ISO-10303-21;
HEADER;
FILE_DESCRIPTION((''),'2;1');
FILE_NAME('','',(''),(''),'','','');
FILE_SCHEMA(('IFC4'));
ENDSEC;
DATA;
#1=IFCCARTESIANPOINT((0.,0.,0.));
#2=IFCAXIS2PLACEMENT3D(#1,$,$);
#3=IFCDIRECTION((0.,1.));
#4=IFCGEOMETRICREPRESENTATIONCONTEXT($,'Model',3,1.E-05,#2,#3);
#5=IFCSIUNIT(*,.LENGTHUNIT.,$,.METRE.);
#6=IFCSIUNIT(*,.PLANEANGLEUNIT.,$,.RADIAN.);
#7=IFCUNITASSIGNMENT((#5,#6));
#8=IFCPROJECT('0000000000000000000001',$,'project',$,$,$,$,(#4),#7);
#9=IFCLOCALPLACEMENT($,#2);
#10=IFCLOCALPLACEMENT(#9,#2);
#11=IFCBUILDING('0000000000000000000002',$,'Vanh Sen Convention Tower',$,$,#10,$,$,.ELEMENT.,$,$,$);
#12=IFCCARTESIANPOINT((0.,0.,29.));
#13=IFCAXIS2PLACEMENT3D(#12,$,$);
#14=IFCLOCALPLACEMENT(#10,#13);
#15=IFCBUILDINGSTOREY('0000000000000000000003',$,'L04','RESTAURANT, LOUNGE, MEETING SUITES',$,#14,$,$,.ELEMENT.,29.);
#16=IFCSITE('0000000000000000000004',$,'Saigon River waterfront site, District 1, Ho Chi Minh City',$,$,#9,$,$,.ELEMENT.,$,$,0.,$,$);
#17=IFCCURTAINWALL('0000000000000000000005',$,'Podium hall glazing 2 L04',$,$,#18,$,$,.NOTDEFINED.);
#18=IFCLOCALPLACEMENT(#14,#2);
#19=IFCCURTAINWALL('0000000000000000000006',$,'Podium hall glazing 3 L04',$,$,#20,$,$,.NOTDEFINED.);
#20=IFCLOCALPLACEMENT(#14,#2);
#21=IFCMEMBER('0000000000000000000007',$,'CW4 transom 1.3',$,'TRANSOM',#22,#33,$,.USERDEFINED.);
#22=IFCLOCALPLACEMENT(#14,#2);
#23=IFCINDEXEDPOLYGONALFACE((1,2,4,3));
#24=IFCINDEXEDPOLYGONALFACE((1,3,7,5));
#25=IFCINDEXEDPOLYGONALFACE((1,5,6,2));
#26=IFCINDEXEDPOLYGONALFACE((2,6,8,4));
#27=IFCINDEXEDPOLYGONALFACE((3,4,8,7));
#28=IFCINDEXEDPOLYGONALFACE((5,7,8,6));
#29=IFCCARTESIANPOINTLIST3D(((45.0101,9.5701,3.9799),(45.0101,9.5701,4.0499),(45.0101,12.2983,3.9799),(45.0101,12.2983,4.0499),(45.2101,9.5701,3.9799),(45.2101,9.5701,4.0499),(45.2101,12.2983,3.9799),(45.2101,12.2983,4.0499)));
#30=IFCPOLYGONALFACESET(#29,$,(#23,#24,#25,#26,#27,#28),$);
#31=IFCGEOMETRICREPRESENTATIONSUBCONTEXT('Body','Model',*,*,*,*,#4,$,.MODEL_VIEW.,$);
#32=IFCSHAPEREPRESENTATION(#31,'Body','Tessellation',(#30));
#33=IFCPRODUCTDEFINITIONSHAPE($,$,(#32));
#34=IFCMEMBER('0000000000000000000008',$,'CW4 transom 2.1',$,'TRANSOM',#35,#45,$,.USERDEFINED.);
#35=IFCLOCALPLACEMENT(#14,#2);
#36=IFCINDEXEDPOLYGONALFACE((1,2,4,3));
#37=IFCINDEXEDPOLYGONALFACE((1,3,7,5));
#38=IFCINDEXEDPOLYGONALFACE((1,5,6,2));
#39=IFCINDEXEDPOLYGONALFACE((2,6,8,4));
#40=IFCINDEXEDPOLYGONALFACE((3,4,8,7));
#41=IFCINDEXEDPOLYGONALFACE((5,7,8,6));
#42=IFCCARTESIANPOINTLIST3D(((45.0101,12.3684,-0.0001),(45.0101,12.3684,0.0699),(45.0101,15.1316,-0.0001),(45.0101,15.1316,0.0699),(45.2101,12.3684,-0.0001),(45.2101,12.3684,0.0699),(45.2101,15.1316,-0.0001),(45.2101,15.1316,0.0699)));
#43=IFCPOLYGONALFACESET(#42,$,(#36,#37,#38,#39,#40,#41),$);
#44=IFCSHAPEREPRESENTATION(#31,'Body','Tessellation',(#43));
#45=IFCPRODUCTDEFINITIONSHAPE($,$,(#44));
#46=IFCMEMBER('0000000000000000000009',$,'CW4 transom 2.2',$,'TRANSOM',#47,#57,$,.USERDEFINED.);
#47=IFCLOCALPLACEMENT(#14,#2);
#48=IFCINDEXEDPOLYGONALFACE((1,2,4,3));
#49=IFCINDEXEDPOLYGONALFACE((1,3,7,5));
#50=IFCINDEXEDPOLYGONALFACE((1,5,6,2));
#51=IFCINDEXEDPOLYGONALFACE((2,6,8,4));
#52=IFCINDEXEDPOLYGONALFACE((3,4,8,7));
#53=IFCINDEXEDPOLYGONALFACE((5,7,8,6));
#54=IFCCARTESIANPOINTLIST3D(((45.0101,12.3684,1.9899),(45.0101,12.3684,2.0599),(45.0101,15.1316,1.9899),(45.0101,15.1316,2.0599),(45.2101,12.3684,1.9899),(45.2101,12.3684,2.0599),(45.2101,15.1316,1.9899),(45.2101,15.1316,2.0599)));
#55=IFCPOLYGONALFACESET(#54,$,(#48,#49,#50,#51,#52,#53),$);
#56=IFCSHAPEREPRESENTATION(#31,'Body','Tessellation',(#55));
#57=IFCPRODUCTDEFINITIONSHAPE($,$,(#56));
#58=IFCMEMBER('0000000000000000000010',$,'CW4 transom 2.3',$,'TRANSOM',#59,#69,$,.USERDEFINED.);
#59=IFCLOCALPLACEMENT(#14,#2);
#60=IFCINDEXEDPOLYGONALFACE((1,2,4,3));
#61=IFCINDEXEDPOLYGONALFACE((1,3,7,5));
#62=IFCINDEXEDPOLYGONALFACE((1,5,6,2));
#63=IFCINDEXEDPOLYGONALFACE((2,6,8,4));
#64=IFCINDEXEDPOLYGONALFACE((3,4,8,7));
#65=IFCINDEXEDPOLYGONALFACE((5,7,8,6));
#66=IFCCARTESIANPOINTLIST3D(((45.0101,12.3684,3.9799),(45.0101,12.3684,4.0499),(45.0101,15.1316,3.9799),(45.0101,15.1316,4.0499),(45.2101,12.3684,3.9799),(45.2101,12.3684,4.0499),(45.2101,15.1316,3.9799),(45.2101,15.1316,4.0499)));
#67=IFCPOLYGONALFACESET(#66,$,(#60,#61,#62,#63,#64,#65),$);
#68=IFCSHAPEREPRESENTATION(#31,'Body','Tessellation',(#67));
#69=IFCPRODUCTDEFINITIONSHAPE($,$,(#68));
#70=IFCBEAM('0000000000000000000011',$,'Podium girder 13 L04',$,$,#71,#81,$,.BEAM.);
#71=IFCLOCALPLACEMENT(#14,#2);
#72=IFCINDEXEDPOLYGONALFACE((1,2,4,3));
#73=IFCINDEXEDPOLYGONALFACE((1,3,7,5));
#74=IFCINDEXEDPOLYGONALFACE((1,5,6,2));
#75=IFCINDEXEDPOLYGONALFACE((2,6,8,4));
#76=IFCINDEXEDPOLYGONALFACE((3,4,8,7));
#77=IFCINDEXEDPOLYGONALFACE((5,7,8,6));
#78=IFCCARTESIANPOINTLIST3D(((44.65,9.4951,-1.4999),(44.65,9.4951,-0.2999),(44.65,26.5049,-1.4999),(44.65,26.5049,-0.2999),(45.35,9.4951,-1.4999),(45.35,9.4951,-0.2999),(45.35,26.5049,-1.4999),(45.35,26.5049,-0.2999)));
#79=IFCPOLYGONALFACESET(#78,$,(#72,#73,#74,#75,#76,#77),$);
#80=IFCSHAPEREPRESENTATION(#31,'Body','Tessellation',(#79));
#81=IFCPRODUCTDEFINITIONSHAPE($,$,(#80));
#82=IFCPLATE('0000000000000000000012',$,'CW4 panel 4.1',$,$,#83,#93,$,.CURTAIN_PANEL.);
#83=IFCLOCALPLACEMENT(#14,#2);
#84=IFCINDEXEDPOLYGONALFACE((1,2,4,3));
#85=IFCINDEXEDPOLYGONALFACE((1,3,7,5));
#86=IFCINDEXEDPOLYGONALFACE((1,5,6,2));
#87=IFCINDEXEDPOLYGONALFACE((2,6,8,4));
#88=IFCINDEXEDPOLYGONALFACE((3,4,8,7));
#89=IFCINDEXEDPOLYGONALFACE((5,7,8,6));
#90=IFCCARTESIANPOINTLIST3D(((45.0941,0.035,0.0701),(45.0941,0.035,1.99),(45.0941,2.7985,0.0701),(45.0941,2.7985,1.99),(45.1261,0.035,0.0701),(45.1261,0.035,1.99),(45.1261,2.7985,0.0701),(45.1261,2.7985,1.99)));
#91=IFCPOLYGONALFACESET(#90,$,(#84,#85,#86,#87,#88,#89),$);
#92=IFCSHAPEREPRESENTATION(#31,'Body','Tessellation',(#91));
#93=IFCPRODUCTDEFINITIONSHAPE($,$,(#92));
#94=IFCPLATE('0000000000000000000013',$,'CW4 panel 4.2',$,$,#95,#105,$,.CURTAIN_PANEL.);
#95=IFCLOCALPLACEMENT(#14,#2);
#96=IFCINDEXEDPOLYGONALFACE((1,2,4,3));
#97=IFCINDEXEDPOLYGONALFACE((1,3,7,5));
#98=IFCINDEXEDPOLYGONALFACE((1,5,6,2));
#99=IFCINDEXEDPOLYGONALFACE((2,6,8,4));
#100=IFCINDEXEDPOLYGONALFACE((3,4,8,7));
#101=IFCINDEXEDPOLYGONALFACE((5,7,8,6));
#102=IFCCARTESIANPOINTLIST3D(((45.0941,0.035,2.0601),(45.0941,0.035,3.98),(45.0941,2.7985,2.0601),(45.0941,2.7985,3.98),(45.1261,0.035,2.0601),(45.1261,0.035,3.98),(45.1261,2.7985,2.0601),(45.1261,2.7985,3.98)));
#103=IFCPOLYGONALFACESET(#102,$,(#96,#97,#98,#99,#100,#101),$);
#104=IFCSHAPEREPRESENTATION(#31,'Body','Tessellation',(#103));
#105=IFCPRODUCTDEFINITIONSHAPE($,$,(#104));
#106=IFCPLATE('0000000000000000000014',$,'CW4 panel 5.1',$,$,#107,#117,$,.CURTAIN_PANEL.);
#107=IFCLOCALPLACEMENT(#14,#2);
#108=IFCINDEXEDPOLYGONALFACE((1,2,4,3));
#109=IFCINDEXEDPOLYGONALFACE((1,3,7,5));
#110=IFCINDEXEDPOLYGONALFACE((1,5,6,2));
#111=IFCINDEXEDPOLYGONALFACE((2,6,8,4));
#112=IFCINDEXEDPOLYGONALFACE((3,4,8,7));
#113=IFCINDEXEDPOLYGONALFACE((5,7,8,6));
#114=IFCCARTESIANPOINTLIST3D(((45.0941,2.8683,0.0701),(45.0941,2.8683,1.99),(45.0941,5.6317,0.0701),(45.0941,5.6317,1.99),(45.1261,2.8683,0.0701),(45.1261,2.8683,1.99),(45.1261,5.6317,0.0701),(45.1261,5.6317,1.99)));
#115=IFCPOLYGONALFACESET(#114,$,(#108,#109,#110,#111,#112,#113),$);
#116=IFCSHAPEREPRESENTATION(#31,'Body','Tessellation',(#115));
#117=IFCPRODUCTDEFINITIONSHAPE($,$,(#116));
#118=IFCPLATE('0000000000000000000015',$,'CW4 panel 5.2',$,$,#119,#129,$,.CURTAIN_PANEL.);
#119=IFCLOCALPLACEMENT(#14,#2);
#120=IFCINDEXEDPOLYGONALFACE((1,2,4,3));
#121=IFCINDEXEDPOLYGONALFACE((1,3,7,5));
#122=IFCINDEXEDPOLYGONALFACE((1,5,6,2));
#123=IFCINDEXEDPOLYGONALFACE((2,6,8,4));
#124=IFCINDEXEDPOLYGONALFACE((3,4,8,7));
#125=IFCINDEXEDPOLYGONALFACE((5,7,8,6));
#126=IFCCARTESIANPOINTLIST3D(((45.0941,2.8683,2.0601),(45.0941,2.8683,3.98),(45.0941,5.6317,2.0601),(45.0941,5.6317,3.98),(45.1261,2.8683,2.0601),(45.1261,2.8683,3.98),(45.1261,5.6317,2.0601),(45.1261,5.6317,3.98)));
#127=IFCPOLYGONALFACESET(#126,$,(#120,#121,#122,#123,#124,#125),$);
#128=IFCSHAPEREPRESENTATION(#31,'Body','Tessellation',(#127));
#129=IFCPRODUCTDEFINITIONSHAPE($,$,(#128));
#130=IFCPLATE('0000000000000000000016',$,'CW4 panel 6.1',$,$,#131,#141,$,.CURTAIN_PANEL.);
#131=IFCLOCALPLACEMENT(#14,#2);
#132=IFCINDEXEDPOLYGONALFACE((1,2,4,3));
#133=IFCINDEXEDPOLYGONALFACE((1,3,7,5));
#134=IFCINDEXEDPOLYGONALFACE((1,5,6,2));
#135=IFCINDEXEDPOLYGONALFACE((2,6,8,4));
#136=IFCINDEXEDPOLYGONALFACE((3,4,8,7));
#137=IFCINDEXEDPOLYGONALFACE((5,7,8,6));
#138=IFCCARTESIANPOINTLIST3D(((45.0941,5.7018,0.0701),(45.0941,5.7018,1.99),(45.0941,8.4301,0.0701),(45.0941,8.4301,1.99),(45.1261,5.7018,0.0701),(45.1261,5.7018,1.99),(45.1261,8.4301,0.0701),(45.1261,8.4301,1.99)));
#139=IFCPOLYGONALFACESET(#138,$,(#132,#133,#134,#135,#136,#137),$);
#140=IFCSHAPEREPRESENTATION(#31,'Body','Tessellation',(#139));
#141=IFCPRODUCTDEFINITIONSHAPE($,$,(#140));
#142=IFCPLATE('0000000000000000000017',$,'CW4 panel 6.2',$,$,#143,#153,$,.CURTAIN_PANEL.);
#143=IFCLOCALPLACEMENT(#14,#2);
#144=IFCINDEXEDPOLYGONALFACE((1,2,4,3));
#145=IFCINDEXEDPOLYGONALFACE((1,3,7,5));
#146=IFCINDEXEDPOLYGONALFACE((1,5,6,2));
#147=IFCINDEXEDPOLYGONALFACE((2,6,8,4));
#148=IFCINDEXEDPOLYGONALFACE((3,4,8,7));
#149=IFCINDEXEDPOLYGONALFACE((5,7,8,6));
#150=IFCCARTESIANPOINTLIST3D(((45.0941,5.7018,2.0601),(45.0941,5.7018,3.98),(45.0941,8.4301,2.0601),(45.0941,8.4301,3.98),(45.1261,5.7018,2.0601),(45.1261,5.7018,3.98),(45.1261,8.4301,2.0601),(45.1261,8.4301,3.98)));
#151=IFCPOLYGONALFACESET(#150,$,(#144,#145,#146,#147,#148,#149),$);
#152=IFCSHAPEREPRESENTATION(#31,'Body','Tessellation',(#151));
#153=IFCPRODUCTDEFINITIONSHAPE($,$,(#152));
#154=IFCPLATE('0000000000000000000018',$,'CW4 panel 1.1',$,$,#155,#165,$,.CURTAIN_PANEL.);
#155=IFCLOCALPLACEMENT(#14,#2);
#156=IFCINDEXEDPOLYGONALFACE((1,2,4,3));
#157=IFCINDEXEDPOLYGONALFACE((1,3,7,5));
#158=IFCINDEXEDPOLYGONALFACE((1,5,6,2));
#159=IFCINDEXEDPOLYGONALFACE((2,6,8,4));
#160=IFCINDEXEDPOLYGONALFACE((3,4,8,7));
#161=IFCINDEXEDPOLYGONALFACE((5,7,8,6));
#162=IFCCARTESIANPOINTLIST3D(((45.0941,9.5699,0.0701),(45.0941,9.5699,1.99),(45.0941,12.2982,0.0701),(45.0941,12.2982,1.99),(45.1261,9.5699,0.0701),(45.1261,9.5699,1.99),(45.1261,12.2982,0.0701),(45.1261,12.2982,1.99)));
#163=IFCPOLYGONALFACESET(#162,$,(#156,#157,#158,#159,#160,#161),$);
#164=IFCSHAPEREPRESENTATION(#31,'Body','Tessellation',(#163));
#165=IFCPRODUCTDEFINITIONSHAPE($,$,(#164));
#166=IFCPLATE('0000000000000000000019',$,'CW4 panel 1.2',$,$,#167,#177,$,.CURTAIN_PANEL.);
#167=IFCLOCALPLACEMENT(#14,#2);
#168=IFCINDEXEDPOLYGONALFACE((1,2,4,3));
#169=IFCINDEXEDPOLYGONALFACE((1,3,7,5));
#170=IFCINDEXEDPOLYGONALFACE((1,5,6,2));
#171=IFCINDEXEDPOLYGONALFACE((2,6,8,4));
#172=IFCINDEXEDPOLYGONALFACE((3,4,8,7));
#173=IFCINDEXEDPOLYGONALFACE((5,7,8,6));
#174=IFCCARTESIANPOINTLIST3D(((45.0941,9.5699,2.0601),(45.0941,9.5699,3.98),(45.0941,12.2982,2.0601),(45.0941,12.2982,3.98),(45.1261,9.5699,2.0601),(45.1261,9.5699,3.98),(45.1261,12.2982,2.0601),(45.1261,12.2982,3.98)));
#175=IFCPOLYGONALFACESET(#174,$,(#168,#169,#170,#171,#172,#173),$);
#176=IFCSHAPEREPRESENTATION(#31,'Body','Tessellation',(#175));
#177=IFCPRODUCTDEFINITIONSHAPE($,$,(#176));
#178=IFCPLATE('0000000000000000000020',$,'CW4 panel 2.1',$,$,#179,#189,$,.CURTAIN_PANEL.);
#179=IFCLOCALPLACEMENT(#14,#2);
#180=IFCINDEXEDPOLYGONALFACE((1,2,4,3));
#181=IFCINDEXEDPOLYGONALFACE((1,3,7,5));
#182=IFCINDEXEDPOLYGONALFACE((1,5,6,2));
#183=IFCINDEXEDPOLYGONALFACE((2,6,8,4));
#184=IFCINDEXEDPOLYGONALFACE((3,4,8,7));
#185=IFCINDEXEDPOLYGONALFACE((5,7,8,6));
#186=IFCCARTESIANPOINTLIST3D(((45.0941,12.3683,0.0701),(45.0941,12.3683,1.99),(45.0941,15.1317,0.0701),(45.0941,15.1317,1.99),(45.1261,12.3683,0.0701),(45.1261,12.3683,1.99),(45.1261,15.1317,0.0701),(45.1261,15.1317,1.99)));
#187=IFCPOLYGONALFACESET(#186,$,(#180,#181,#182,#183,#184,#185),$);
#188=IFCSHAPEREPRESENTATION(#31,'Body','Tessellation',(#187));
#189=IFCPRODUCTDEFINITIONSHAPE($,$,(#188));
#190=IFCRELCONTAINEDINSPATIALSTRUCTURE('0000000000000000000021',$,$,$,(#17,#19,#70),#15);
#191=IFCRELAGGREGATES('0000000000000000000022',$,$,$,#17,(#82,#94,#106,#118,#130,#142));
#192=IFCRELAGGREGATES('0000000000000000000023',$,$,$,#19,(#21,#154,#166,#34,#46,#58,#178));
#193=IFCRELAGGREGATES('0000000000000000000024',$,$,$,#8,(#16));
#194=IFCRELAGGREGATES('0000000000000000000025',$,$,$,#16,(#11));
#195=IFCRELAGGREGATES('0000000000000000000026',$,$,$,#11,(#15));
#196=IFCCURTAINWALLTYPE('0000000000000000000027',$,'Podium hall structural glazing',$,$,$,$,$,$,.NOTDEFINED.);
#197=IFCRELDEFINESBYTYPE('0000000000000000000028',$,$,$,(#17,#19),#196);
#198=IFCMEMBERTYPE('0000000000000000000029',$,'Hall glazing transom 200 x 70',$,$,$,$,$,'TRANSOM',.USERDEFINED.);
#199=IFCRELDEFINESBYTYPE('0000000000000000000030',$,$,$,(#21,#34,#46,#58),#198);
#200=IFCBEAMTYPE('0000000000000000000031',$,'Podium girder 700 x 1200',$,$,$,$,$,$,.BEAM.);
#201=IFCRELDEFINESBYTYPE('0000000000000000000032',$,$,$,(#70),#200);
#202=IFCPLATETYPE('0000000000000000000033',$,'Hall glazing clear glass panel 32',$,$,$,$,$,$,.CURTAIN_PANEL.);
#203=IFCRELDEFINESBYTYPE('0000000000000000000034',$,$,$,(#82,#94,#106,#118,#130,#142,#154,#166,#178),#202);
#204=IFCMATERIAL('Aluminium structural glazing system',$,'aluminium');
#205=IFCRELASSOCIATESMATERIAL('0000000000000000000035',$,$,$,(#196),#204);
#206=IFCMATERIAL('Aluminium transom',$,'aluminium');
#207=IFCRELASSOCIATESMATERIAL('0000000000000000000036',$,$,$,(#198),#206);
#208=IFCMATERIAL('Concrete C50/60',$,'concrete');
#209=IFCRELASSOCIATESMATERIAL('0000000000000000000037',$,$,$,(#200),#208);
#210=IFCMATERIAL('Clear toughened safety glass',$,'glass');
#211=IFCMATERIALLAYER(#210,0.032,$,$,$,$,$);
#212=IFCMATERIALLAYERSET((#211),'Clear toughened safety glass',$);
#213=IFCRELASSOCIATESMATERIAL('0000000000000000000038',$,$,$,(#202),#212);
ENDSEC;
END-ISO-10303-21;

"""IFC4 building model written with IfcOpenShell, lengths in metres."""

from ifc_helpers import new_model, si_unit, direction, frame, origin, origin_2d, place, context, subcontext, project, spatial, rectangle, extrude, material, layer, layer_set, material_profile, profile_set, type_object, element, aggregate, save


model = new_model("IFC4")

# Units and contexts
model_context = context("Model", 3, precision=1e-05, world=origin(), true_north=direction((0.0, 1.0)))
body_context = subcontext(model_context, "Body", "Model", "MODEL_VIEW")
ifc_project = project(units=[si_unit("LENGTHUNIT", "METRE"), si_unit("PLANEANGLEUNIT", "RADIAN")], contexts=[model_context])

# Site, building, storey
site_placement = place(None, origin())
site = spatial("IfcSite", under=ifc_project, at=site_placement, Name="Saigon River waterfront site, District 1, Ho Chi Minh City", CompositionType="ELEMENT", RefElevation=0.0)
building_placement = place(site_placement, origin())
building = spatial("IfcBuilding", under=site, at=building_placement, Name="Vanh Sen Convention Tower", CompositionType="ELEMENT")
storey_placement = place(building_placement, frame((0.0, 0.0, 29.0)))
storey = spatial("IfcBuildingStorey", under=building, at=storey_placement, Name="L04", Description="RESTAURANT, LOUNGE, MEETING SUITES", CompositionType="ELEMENT", Elevation=29.0)

# Curtain walls
ifc_material_1 = material(Name="Aluminium structural glazing system", Category="aluminium")
curtain_wall_type = type_object("IfcCurtainWallType", Name="Podium hall structural glazing", PredefinedType="NOTDEFINED", material=ifc_material_1)
curtain_wall_1_placement = place(storey_placement, origin())
curtain_wall_1 = element("IfcCurtainWall", 1, at=curtain_wall_1_placement, inside=storey, type_object=curtain_wall_type, Name="Podium hall glazing 2 L04", PredefinedType="NOTDEFINED")
curtain_wall_2_placement = place(storey_placement, origin())
curtain_wall_2 = element("IfcCurtainWall", 2, at=curtain_wall_2_placement, inside=storey, type_object=curtain_wall_type, Name="Podium hall glazing 3 L04", PredefinedType="NOTDEFINED")

# Members
ifc_material_2 = material(Name="Aluminium transom", Category="aluminium")
ifc_material_profile_1 = material_profile(ifc_material_2, rectangle(XDim=0.2, YDim=0.0701, at=origin_2d()), Name="Hall glazing transom 200 x 70")
ifc_profile_set_1 = profile_set([ifc_material_profile_1], Name="Aluminium transom")
member_type_1 = type_object("IfcMemberType", Name="Hall glazing transom 200 x 70", ElementType="TRANSOM", PredefinedType="USERDEFINED", material=ifc_profile_set_1)
member_1_placement = place(storey_placement, frame((45.1101, 9.5701, 4.0149), z_axis=(0.0, 1.0, 0.0), x_axis=(-1.0, 0.0, 0.0)))
member_1 = element("IfcMember", 3, at=member_1_placement, type_object=member_type_1, Name="CW4 transom 1.3", ObjectType="TRANSOM", PredefinedType="USERDEFINED", context=body_context, shape_type="SweptSolid", body=[
    extrude(rectangle(XDim=0.2, YDim=0.0701, at=origin_2d()), origin(), (0.0, 0.0, 1.0), 2.7283),
])
member_2_placement = place(storey_placement, frame((45.1101, 12.3684, 0.0349), z_axis=(0.0, 1.0, 0.0), x_axis=(-1.0, 0.0, 0.0)))
member_2 = element("IfcMember", 4, at=member_2_placement, type_object=member_type_1, Name="CW4 transom 2.1", ObjectType="TRANSOM", PredefinedType="USERDEFINED", context=body_context, shape_type="SweptSolid", body=[
    extrude(rectangle(XDim=0.2, YDim=0.0701, at=origin_2d()), origin(), (0.0, 0.0, 1.0), 2.7632),
])
member_3_placement = place(storey_placement, frame((45.1101, 12.3684, 2.0249), z_axis=(0.0, 1.0, 0.0), x_axis=(-1.0, 0.0, 0.0)))
member_3 = element("IfcMember", 5, at=member_3_placement, type_object=member_type_1, Name="CW4 transom 2.2", ObjectType="TRANSOM", PredefinedType="USERDEFINED", context=body_context, shape_type="SweptSolid", body=[
    extrude(rectangle(XDim=0.2, YDim=0.0701, at=origin_2d()), origin(), (0.0, 0.0, 1.0), 2.7632),
])
member_4_placement = place(storey_placement, frame((45.1101, 12.3684, 4.0149), z_axis=(0.0, 1.0, 0.0), x_axis=(-1.0, 0.0, 0.0)))
member_4 = element("IfcMember", 6, at=member_4_placement, type_object=member_type_1, Name="CW4 transom 2.3", ObjectType="TRANSOM", PredefinedType="USERDEFINED", context=body_context, shape_type="SweptSolid", body=[
    extrude(rectangle(XDim=0.2, YDim=0.0701, at=origin_2d()), origin(), (0.0, 0.0, 1.0), 2.7632),
])

# Beam
ifc_material_3 = material(Name="Concrete C50/60", Category="concrete")
ifc_material_profile_2 = material_profile(ifc_material_3, rectangle(XDim=0.7, YDim=1.2, at=origin_2d()), Name="RC 700X1200")
ifc_profile_set_2 = profile_set([ifc_material_profile_2], Name="Concrete C50/60")
beam_type = type_object("IfcBeamType", Name="Podium girder 700 x 1200", PredefinedType="BEAM", material=ifc_profile_set_2)
beam_placement = place(storey_placement, frame((45.0, 9.4951, -0.8999), z_axis=(0.0, 1.0, 0.0), x_axis=(-1.0, 0.0, 0.0)))
element("IfcBeam", 7, at=beam_placement, inside=storey, type_object=beam_type, Name="Podium girder 13 L04", PredefinedType="BEAM", context=body_context, shape_type="SweptSolid", body=[
    extrude(rectangle(XDim=0.7, YDim=1.2, at=origin_2d()), origin(), (0.0, 0.0, 1.0), 17.0098),
])

# Plates
ifc_material_4 = material(Name="Clear toughened safety glass", Category="glass")
ifc_layer_1 = layer(ifc_material_4, 0.032)
ifc_layer_set_1 = layer_set([ifc_layer_1], Name="Clear toughened safety glass")
plate_type = type_object("IfcPlateType", Name="Hall glazing clear glass panel 32", PredefinedType="CURTAIN_PANEL", material=ifc_layer_set_1)
plate_1_placement = place(storey_placement, frame((45.1101, 1.4167, 0.0701), z_axis=(0.0, 0.0, 1.0), x_axis=(0.0, 1.0, 0.0)))
plate_1 = element("IfcPlate", 8, at=plate_1_placement, type_object=plate_type, Name="CW4 panel 4.1", PredefinedType="CURTAIN_PANEL", context=body_context, shape_type="SweptSolid", body=[
    extrude(rectangle(XDim=2.7634, YDim=0.032, at=origin_2d()), origin(), (0.0, 0.0, 1.0), 1.9199),
])
plate_2_placement = place(storey_placement, frame((45.1101, 1.4167, 2.0601), z_axis=(0.0, 0.0, 1.0), x_axis=(0.0, 1.0, 0.0)))
plate_2 = element("IfcPlate", 9, at=plate_2_placement, type_object=plate_type, Name="CW4 panel 4.2", PredefinedType="CURTAIN_PANEL", context=body_context, shape_type="SweptSolid", body=[
    extrude(rectangle(XDim=2.7634, YDim=0.032, at=origin_2d()), origin(), (0.0, 0.0, 1.0), 1.9199),
])
plate_3_placement = place(storey_placement, frame((45.1101, 4.25, 0.0701), z_axis=(0.0, 0.0, 1.0), x_axis=(0.0, 1.0, 0.0)))
plate_3 = element("IfcPlate", 10, at=plate_3_placement, type_object=plate_type, Name="CW4 panel 5.1", PredefinedType="CURTAIN_PANEL", context=body_context, shape_type="SweptSolid", body=[
    extrude(rectangle(XDim=2.7634, YDim=0.032, at=origin_2d()), origin(), (0.0, 0.0, 1.0), 1.9199),
])
plate_4_placement = place(storey_placement, frame((45.1101, 4.25, 2.0601), z_axis=(0.0, 0.0, 1.0), x_axis=(0.0, 1.0, 0.0)))
plate_4 = element("IfcPlate", 11, at=plate_4_placement, type_object=plate_type, Name="CW4 panel 5.2", PredefinedType="CURTAIN_PANEL", context=body_context, shape_type="SweptSolid", body=[
    extrude(rectangle(XDim=2.7634, YDim=0.032, at=origin_2d()), origin(), (0.0, 0.0, 1.0), 1.9199),
])
plate_5_placement = place(storey_placement, frame((45.1101, 7.0659, 0.0701), z_axis=(0.0, 0.0, 1.0), x_axis=(0.0, 1.0, 0.0)))
plate_5 = element("IfcPlate", 12, at=plate_5_placement, type_object=plate_type, Name="CW4 panel 6.1", PredefinedType="CURTAIN_PANEL", context=body_context, shape_type="SweptSolid", body=[
    extrude(rectangle(XDim=2.7283, YDim=0.032, at=origin_2d()), origin(), (0.0, 0.0, 1.0), 1.9199),
])
plate_6_placement = place(storey_placement, frame((45.1101, 7.0659, 2.0601), z_axis=(0.0, 0.0, 1.0), x_axis=(0.0, 1.0, 0.0)))
plate_6 = element("IfcPlate", 13, at=plate_6_placement, type_object=plate_type, Name="CW4 panel 6.2", PredefinedType="CURTAIN_PANEL", context=body_context, shape_type="SweptSolid", body=[
    extrude(rectangle(XDim=2.7283, YDim=0.032, at=origin_2d()), origin(), (0.0, 0.0, 1.0), 1.9199),
])
aggregate(curtain_wall_1, [plate_1, plate_2, plate_3, plate_4, plate_5, plate_6])
plate_7_placement = place(storey_placement, frame((45.1101, 10.9341, 0.0701), z_axis=(0.0, 0.0, 1.0), x_axis=(0.0, 1.0, 0.0)))
plate_7 = element("IfcPlate", 14, at=plate_7_placement, type_object=plate_type, Name="CW4 panel 1.1", PredefinedType="CURTAIN_PANEL", context=body_context, shape_type="SweptSolid", body=[
    extrude(rectangle(XDim=2.7283, YDim=0.032, at=origin_2d()), origin(), (0.0, 0.0, 1.0), 1.9199),
])
plate_8_placement = place(storey_placement, frame((45.1101, 10.9341, 2.0601), z_axis=(0.0, 0.0, 1.0), x_axis=(0.0, 1.0, 0.0)))
plate_8 = element("IfcPlate", 15, at=plate_8_placement, type_object=plate_type, Name="CW4 panel 1.2", PredefinedType="CURTAIN_PANEL", context=body_context, shape_type="SweptSolid", body=[
    extrude(rectangle(XDim=2.7283, YDim=0.032, at=origin_2d()), origin(), (0.0, 0.0, 1.0), 1.9199),
])
plate_9_placement = place(storey_placement, frame((45.1101, 13.75, 0.0701), z_axis=(0.0, 0.0, 1.0), x_axis=(0.0, 1.0, 0.0)))
plate_9 = element("IfcPlate", 16, at=plate_9_placement, type_object=plate_type, Name="CW4 panel 2.1", PredefinedType="CURTAIN_PANEL", context=body_context, shape_type="SweptSolid", body=[
    extrude(rectangle(XDim=2.7634, YDim=0.032, at=origin_2d()), origin(), (0.0, 0.0, 1.0), 1.9199),
])
aggregate(curtain_wall_2, [member_1, plate_7, plate_8, member_2, member_3, member_4, plate_9])

save(model, "model.ifc")
